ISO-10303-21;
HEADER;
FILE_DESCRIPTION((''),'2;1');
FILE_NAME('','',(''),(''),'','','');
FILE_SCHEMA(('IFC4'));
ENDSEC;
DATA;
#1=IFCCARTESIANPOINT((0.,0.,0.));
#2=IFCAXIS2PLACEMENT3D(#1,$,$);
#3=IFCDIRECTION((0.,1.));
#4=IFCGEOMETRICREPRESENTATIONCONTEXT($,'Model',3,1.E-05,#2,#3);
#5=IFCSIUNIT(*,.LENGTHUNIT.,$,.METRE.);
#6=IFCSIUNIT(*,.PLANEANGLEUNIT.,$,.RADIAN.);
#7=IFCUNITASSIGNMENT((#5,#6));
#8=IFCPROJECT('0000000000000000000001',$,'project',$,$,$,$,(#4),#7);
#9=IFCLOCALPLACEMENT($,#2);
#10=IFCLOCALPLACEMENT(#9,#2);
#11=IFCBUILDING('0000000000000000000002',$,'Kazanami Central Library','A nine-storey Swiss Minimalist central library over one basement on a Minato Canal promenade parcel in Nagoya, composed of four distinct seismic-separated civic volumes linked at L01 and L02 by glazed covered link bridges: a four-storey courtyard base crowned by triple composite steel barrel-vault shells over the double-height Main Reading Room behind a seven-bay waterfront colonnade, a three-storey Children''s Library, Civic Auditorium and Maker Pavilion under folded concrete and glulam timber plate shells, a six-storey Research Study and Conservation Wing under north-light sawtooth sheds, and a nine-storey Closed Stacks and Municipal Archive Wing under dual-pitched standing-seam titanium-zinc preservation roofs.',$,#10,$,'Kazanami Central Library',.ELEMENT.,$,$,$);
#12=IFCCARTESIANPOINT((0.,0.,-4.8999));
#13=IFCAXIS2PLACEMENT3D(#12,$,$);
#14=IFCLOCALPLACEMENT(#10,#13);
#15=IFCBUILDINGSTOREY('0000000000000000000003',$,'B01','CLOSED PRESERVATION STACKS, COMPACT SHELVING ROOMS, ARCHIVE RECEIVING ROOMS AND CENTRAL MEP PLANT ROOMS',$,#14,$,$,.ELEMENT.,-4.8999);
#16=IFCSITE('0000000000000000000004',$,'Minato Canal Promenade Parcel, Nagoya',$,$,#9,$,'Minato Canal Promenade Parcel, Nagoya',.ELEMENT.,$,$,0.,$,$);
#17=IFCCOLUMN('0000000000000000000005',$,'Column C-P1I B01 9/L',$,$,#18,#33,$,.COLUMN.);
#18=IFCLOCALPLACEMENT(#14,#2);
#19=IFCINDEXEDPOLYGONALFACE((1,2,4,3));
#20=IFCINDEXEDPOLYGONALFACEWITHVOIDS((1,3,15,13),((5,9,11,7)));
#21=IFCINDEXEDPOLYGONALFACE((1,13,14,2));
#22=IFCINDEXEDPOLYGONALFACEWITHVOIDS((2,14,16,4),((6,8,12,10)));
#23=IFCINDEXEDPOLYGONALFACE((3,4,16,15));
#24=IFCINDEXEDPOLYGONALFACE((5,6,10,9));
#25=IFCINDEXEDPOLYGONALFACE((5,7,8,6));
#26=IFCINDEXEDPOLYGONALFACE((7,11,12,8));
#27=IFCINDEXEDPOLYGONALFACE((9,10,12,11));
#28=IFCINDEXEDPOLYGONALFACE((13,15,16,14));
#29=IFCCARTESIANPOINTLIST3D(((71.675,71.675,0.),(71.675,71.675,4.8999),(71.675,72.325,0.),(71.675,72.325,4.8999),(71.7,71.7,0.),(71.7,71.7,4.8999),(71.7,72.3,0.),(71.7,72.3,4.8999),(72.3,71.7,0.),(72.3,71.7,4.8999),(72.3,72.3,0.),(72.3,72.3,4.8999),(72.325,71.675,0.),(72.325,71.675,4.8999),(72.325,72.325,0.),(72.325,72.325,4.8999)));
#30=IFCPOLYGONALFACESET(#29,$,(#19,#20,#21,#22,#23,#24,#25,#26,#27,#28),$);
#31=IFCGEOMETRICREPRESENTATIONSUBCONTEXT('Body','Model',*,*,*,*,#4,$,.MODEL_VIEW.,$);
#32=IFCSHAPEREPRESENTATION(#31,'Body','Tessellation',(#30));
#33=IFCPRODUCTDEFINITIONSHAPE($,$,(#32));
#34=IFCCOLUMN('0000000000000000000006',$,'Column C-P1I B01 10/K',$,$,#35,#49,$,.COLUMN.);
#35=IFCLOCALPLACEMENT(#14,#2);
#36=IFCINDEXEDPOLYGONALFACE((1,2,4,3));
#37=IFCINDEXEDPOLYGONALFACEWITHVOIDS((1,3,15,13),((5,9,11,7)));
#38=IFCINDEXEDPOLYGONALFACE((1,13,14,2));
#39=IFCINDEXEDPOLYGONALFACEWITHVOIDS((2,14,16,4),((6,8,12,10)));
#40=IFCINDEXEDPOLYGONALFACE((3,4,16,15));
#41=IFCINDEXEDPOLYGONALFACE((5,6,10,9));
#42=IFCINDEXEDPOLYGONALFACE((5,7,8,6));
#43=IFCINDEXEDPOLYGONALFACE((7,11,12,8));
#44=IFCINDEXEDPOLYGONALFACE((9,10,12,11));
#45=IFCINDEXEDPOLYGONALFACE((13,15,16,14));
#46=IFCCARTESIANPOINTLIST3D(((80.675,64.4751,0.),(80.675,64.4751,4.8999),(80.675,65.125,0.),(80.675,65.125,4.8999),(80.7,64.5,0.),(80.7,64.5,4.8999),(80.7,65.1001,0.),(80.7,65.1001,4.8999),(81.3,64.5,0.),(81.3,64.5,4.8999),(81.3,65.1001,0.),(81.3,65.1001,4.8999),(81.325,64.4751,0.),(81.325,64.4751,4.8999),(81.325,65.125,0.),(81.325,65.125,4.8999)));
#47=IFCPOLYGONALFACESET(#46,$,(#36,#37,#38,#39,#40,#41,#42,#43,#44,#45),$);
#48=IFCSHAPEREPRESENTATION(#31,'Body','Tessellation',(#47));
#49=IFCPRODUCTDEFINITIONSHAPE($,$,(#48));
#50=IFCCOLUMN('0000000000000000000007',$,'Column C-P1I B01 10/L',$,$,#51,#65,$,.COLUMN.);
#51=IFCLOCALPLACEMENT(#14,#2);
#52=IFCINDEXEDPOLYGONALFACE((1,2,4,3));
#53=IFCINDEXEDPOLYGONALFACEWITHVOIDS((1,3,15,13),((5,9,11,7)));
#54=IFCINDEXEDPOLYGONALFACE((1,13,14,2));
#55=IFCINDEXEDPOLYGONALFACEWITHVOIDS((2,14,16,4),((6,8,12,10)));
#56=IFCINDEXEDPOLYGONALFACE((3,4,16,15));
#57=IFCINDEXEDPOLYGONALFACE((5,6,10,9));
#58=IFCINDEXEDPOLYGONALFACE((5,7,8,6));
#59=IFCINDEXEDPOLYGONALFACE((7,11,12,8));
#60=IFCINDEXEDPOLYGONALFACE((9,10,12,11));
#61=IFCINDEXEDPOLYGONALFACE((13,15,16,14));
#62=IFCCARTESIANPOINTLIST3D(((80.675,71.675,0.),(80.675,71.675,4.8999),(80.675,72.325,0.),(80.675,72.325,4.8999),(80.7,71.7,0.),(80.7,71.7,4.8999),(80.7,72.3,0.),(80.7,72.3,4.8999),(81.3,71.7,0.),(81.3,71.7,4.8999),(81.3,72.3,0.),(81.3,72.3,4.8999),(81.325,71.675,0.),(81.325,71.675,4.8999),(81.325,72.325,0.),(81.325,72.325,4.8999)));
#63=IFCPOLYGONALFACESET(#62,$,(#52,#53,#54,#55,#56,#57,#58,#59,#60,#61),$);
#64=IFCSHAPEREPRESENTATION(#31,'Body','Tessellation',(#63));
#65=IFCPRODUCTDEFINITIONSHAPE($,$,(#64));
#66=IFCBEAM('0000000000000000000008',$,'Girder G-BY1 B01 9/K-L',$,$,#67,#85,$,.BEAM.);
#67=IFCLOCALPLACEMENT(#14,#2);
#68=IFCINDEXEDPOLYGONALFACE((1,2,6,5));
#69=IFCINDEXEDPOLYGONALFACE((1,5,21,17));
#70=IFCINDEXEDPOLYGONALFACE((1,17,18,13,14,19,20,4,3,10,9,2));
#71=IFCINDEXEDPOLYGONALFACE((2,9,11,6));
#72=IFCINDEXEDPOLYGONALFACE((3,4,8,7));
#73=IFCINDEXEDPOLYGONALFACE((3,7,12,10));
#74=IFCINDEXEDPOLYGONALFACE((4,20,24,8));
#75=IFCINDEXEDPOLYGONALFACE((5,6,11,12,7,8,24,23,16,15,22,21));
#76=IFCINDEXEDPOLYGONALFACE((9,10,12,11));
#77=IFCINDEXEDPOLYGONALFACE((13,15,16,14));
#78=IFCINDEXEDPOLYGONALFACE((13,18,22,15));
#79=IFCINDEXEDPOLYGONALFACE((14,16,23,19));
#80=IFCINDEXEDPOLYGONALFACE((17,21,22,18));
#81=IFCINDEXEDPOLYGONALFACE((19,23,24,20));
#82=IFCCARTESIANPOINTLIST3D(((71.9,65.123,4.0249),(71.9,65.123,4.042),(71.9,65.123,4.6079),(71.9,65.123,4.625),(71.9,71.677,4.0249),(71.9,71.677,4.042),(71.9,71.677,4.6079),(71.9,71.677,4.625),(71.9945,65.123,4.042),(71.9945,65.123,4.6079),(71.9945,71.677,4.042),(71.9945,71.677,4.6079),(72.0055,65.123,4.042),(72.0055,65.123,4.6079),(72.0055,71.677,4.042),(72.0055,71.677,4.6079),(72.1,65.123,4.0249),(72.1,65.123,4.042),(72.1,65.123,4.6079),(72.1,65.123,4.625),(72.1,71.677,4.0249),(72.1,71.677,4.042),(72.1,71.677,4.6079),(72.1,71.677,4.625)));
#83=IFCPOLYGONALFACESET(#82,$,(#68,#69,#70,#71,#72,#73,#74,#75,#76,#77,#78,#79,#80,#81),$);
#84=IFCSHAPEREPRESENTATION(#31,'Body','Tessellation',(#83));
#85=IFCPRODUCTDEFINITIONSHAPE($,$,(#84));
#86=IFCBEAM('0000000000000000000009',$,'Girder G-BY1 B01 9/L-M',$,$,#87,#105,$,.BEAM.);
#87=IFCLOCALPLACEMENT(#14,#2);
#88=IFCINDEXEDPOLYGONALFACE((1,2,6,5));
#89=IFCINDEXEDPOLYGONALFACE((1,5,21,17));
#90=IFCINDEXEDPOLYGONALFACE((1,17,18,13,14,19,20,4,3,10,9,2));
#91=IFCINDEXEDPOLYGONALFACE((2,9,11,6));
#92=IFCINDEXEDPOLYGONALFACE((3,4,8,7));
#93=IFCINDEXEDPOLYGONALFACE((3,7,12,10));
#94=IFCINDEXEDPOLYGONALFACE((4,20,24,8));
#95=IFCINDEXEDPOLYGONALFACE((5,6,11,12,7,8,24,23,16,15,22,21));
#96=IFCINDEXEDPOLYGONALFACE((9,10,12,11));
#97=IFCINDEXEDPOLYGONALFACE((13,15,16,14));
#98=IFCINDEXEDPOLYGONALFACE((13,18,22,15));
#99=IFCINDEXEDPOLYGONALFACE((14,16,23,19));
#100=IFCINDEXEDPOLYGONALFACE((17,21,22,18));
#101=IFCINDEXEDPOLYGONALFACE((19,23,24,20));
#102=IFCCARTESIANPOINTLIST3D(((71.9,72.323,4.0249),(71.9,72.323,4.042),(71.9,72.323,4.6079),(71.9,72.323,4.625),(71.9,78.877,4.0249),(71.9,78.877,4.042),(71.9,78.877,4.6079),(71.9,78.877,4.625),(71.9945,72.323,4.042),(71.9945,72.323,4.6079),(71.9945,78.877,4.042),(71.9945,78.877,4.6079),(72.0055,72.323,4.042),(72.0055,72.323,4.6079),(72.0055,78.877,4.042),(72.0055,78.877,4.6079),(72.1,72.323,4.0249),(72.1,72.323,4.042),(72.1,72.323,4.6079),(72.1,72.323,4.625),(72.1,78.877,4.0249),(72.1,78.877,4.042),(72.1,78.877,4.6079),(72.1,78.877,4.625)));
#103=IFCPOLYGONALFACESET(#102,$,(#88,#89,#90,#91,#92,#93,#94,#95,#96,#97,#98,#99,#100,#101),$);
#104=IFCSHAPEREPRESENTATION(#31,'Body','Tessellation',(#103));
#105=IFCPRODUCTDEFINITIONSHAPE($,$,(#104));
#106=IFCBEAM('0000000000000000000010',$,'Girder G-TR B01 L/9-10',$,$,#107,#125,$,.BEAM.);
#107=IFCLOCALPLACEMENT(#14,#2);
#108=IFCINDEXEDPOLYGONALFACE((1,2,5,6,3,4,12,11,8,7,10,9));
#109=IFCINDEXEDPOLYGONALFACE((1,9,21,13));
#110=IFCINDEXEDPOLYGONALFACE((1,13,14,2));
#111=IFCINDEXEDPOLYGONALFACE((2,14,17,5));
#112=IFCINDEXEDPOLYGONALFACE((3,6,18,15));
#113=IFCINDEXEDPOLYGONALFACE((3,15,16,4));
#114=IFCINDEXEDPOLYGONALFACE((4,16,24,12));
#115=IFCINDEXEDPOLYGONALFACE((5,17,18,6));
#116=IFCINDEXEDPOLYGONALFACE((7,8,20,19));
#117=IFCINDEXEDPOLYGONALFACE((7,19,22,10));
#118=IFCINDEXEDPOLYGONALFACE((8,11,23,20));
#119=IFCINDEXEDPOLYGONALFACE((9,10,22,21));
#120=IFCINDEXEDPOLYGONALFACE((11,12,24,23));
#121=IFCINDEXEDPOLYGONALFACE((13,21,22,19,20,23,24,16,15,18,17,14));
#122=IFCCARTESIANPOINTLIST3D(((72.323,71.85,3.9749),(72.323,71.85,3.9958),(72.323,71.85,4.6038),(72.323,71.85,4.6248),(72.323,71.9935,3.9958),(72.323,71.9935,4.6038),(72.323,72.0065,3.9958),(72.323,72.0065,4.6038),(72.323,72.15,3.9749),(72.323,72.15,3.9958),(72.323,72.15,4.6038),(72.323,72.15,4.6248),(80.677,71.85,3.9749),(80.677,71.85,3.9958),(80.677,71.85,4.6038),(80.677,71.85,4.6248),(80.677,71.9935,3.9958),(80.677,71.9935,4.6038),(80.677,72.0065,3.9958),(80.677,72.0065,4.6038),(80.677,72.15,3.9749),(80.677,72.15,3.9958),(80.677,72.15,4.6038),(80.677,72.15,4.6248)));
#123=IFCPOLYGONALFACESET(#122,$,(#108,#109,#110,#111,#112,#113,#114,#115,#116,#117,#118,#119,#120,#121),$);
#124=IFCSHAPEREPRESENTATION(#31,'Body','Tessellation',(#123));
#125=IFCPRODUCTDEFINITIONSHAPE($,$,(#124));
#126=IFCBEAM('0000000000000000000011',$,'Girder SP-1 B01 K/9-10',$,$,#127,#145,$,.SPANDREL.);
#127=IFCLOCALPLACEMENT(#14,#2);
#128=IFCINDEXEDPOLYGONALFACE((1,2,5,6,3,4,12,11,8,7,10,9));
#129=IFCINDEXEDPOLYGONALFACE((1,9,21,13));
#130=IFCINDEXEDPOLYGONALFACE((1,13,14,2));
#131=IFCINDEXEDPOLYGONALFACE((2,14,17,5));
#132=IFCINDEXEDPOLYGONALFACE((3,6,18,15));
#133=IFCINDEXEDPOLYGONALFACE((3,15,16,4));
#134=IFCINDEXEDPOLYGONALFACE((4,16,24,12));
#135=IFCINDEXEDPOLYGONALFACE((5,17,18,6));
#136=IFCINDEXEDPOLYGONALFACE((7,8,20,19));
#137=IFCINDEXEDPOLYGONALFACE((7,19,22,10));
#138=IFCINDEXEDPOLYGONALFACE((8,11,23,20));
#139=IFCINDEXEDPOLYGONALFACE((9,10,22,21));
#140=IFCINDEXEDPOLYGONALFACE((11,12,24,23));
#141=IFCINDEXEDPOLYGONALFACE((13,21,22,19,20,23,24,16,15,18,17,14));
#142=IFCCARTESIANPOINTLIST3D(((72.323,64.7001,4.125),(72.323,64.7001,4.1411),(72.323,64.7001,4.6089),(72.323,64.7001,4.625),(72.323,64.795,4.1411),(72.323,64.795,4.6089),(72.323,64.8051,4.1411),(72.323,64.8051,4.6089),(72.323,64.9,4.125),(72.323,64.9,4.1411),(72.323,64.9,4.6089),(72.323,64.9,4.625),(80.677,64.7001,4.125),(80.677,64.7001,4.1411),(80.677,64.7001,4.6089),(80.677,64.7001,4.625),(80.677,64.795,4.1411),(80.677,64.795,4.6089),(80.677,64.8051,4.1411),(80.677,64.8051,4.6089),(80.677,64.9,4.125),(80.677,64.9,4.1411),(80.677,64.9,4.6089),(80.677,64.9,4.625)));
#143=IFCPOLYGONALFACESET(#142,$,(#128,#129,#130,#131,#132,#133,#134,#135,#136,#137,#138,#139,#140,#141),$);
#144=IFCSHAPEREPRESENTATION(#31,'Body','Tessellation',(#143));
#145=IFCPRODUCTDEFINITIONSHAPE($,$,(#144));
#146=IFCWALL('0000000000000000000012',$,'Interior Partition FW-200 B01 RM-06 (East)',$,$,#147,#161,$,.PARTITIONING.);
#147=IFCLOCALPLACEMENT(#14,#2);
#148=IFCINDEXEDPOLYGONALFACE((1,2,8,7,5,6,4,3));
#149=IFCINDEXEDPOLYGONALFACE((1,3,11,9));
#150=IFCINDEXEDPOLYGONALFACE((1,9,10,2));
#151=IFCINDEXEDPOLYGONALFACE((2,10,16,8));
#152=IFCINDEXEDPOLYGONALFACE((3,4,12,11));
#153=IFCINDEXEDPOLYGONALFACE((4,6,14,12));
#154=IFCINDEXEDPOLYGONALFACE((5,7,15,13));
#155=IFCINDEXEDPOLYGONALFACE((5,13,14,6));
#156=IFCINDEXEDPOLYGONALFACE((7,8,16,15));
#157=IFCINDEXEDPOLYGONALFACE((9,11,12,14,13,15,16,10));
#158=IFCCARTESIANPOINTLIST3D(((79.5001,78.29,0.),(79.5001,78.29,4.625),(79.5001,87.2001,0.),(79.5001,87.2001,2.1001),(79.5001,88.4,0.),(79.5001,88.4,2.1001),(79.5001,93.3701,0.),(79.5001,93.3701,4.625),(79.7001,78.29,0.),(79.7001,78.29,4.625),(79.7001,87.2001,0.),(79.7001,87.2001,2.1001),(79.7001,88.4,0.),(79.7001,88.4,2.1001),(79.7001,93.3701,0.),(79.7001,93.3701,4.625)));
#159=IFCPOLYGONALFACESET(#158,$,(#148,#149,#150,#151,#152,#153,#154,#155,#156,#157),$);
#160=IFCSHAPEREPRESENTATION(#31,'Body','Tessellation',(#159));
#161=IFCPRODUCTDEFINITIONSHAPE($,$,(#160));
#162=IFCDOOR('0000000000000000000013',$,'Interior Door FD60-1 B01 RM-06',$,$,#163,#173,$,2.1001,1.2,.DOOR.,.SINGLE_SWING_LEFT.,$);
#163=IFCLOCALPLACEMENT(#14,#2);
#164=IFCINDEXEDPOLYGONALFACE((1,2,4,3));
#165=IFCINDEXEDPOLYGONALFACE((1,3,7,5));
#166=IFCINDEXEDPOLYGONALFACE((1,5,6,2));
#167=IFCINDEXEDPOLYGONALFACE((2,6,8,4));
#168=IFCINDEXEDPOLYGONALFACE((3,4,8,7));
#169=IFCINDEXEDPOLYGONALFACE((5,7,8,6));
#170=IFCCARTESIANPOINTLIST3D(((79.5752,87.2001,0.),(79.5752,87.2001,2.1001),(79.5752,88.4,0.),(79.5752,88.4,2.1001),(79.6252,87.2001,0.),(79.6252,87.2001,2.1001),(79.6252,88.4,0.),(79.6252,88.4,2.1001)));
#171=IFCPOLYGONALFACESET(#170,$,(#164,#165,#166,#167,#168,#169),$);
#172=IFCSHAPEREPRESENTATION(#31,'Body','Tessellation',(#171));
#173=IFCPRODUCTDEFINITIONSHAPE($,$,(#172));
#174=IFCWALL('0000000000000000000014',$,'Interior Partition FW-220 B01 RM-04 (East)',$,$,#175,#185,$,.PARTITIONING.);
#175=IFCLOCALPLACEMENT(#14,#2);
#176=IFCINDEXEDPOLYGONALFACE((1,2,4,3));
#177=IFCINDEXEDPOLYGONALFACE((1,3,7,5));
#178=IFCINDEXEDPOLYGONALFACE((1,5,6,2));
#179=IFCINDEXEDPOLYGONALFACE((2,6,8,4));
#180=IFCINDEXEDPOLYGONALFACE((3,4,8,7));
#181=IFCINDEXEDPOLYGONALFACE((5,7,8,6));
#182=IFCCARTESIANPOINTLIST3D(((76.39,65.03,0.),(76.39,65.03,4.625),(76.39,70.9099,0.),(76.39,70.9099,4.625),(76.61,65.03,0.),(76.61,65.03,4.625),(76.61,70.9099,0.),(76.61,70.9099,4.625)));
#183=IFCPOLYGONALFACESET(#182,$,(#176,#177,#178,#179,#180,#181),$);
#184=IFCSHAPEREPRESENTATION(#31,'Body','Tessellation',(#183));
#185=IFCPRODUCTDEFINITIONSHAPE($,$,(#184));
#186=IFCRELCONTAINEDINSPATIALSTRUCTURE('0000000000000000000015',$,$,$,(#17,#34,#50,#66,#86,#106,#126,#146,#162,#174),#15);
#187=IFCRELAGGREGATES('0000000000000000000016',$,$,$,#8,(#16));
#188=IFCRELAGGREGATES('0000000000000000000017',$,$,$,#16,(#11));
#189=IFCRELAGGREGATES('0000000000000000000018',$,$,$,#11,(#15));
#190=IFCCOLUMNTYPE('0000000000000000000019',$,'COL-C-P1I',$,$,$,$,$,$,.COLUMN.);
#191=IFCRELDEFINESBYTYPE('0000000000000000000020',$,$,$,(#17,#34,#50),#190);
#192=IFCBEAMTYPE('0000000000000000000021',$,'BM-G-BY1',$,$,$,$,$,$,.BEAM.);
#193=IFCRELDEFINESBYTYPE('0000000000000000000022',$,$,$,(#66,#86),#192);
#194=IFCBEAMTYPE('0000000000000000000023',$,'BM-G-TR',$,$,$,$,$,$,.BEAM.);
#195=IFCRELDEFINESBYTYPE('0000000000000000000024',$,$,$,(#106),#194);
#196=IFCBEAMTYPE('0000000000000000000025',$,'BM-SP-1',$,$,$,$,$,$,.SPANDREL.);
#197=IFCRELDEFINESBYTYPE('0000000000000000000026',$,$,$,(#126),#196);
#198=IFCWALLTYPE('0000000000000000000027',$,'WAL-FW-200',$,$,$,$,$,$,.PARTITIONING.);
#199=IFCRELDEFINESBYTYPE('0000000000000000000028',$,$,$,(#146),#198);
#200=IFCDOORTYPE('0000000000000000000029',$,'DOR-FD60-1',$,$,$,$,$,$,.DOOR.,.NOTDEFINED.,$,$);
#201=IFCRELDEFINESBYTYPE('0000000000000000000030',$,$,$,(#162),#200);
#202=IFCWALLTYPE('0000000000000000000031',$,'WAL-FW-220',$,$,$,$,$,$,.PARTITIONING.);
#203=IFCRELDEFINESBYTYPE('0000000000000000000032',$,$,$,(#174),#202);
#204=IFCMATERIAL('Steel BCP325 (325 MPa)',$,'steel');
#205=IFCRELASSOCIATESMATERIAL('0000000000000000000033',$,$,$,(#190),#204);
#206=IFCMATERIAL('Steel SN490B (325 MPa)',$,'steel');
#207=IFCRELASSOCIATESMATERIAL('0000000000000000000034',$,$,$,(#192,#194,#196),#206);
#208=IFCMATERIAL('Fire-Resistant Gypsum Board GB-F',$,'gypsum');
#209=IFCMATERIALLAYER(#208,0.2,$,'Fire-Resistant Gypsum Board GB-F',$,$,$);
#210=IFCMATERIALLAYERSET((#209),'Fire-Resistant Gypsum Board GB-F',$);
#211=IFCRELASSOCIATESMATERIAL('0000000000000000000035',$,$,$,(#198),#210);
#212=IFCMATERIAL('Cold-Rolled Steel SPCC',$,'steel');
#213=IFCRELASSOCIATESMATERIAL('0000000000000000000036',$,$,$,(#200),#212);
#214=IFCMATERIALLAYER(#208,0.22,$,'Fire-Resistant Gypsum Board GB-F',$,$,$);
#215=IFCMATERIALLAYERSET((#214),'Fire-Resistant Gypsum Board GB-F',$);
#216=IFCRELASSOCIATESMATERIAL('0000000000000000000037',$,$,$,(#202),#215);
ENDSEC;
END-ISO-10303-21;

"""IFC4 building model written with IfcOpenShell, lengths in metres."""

from ifc_helpers import new_model, si_unit, direction, frame, frame_2d, origin, origin_2d, place, context, subcontext, project, spatial, rectangle, hollow_rectangle, i_section, extrude, material, layer, layer_set, material_profile, profile_set, type_object, element, fill, save


model = new_model("IFC4")

# Units and contexts
model_context = context("Model", 3, precision=1e-05, world=origin(), true_north=direction((0.0, 1.0)))
body_context = subcontext(model_context, "Body", "Model", "MODEL_VIEW")
ifc_project = project(units=[si_unit("LENGTHUNIT", "METRE"), si_unit("PLANEANGLEUNIT", "RADIAN")], contexts=[model_context])

# Site, building, storey
site_placement = place(None, origin())
site = spatial("IfcSite", under=ifc_project, at=site_placement, Name="Minato Canal Promenade Parcel, Nagoya", LongName="Minato Canal Promenade Parcel, Nagoya", CompositionType="ELEMENT", RefElevation=0.0)
building_placement = place(site_placement, origin())
building = spatial("IfcBuilding", under=site, at=building_placement, Name="Kazanami Central Library", Description="A nine-storey Swiss Minimalist central library over one basement on a Minato Canal promenade parcel in Nagoya, composed of four distinct seismic-separated civic volumes linked at L01 and L02 by glazed covered link bridges: a four-storey courtyard base crowned by triple composite steel barrel-vault shells over the double-height Main Reading Room behind a seven-bay waterfront colonnade, a three-storey Children's Library, Civic Auditorium and Maker Pavilion under folded concrete and glulam timber plate shells, a six-storey Research Study and Conservation Wing under north-light sawtooth sheds, and a nine-storey Closed Stacks and Municipal Archive Wing under dual-pitched standing-seam titanium-zinc preservation roofs.", LongName="Kazanami Central Library", CompositionType="ELEMENT")
storey_placement = place(building_placement, frame((0.0, 0.0, -4.8999)))
storey = spatial("IfcBuildingStorey", under=building, at=storey_placement, Name="B01", Description="CLOSED PRESERVATION STACKS, COMPACT SHELVING ROOMS, ARCHIVE RECEIVING ROOMS AND CENTRAL MEP PLANT ROOMS", CompositionType="ELEMENT", Elevation=-4.8999)

# Columns
ifc_material_1 = material(Name="Steel BCP325 (325 MPa)", Category="steel")
ifc_material_profile_1 = material_profile(ifc_material_1, hollow_rectangle(XDim=0.6499, YDim=0.6499, WallThickness=0.0249, at=origin_2d()), Name="BCP-650x650x25")
ifc_profile_set_1 = profile_set([ifc_material_profile_1], Name="Steel BCP325 (325 MPa)")
column_type = type_object("IfcColumnType", Name="COL-C-P1I", PredefinedType="COLUMN", material=ifc_profile_set_1)
for number, where, z_axis, x_axis, name in (
    (1, (72.0, 72.0, 0.0), (0.0, 0.0, 1.0), (1.0, 0.0, 0.0), "Column C-P1I B01 9/L"),
    (2, (81.0, 64.8, 0.0), (0.0, 0.0, 1.0), (1.0, 0.0, 0.0), "Column C-P1I B01 10/K"),
    (3, (81.0, 72.0, 0.0), (0.0, 0.0, 1.0), (1.0, 0.0, 0.0), "Column C-P1I B01 10/L"),
):
    element("IfcColumn", number, at=place(storey_placement, frame(where, z_axis=z_axis, x_axis=x_axis)), inside=storey, type_object=column_type, Name=name, PredefinedType="COLUMN", context=body_context, shape_type="SweptSolid", body=[
        extrude(hollow_rectangle(XDim=0.6499, YDim=0.6499, WallThickness=0.0249, at=origin_2d()), origin(), (0.0, 0.0, 1.0), 4.8999),
    ])

# Beams
ifc_material_2 = material(Name="Steel SN490B (325 MPa)", Category="steel")
ifc_material_profile_2 = material_profile(ifc_material_2, i_section(OverallWidth=0.2, OverallDepth=0.6001, WebThickness=0.011, FlangeThickness=0.0171, at=origin_2d()), Name="H-600x200x11x17")
ifc_profile_set_2 = profile_set([ifc_material_profile_2], Name="Steel SN490B (325 MPa)")
beam_type_1 = type_object("IfcBeamType", Name="BM-G-BY1", PredefinedType="BEAM", material=ifc_profile_set_2)
for number, where, z_axis, x_axis, name in (
    (4, (72.0, 65.123, 4.325), (0.0, 1.0, 0.0), (-1.0, 0.0, 0.0), "Girder G-BY1 B01 9/K-L"),
    (5, (72.0, 72.323, 4.325), (0.0, 1.0, 0.0), (-1.0, 0.0, 0.0), "Girder G-BY1 B01 9/L-M"),
):
    element("IfcBeam", number, at=place(storey_placement, frame(where, z_axis=z_axis, x_axis=x_axis)), inside=storey, type_object=beam_type_1, Name=name, PredefinedType="BEAM", context=body_context, shape_type="SweptSolid", body=[
        extrude(i_section(OverallWidth=0.2, OverallDepth=0.6001, WebThickness=0.011, FlangeThickness=0.0171, at=origin_2d()), origin(), (0.0, 0.0, 1.0), 6.554),
    ])
ifc_material_profile_3 = material_profile(ifc_material_2, i_section(OverallWidth=0.3, OverallDepth=0.6499, WebThickness=0.0129, FlangeThickness=0.021, at=origin_2d()), Name="H-650x300x13x21")
ifc_profile_set_3 = profile_set([ifc_material_profile_3], Name="Steel SN490B (325 MPa)")
beam_type_2 = type_object("IfcBeamType", Name="BM-G-TR", PredefinedType="BEAM", material=ifc_profile_set_3)
beam_1_placement = place(storey_placement, frame((72.323, 72.0, 4.2998), z_axis=(1.0, 0.0, 0.0), x_axis=(0.0, 1.0, 0.0)))
element("IfcBeam", 6, at=beam_1_placement, inside=storey, type_object=beam_type_2, Name="Girder G-TR B01 L/9-10", PredefinedType="BEAM", context=body_context, shape_type="SweptSolid", body=[
    extrude(i_section(OverallWidth=0.3, OverallDepth=0.6499, WebThickness=0.0129, FlangeThickness=0.021, at=origin_2d()), origin(), (0.0, 0.0, 1.0), 8.354),
])
ifc_material_profile_4 = material_profile(ifc_material_2, i_section(OverallWidth=0.2, OverallDepth=0.5, WebThickness=0.01, FlangeThickness=0.0161, at=origin_2d()), Name="H-500x200x10x16")
ifc_profile_set_4 = profile_set([ifc_material_profile_4], Name="Steel SN490B (325 MPa)")
beam_type_3 = type_object("IfcBeamType", Name="BM-SP-1", PredefinedType="SPANDREL", material=ifc_profile_set_4)
beam_2_placement = place(storey_placement, frame((72.323, 64.8, 4.375), z_axis=(1.0, 0.0, 0.0), x_axis=(0.0, 1.0, 0.0)))
element("IfcBeam", 7, at=beam_2_placement, inside=storey, type_object=beam_type_3, Name="Girder SP-1 B01 K/9-10", PredefinedType="SPANDREL", context=body_context, shape_type="SweptSolid", body=[
    extrude(i_section(OverallWidth=0.2, OverallDepth=0.5, WebThickness=0.01, FlangeThickness=0.0161, at=origin_2d()), origin(), (0.0, 0.0, 1.0), 8.354),
])

# Wall, opening, door
ifc_material_3 = material(Name="Fire-Resistant Gypsum Board GB-F", Category="gypsum")
ifc_layer_1 = layer(ifc_material_3, 0.2, Name="Fire-Resistant Gypsum Board GB-F")
ifc_layer_set_1 = layer_set([ifc_layer_1], Name="Fire-Resistant Gypsum Board GB-F")
wall_type_1 = type_object("IfcWallType", Name="WAL-FW-200", PredefinedType="PARTITIONING", material=ifc_layer_set_1)
wall_1_placement = place(storey_placement, frame((79.6001, 78.29, 0.0), z_axis=(0.0, 0.0, 1.0), x_axis=(0.0, 1.0, 0.0)))
wall_1 = element("IfcWall", 8, at=wall_1_placement, inside=storey, type_object=wall_type_1, Name="Interior Partition FW-200 B01 RM-06 (East)", PredefinedType="PARTITIONING", context=body_context, shape_type="SweptSolid", body=[
    extrude(rectangle(XDim=15.0801, YDim=0.2, at=frame_2d((7.54, 0.0))), origin(), (0.0, 0.0, 1.0), 4.625),
])
opening_1_placement = place(wall_1_placement, frame((8.9099, 0.0, 0.0)))
opening_1 = element("IfcOpeningElement", 9, at=opening_1_placement, cuts=wall_1, PredefinedType="OPENING", context=body_context, shape_type="SweptSolid", body=[
    extrude(rectangle(XDim=1.2, YDim=2.1001, at=frame_2d((0.6001, 1.05))), frame((0.0, 0.1118, 0.0), z_axis=(0.0, -1.0, 0.0), x_axis=(1.0, 0.0, 0.0)), (0.0, 0.0, 1.0), 0.2239),
])
ifc_material_4 = material(Name="Cold-Rolled Steel SPCC", Category="steel")
door_type_1 = type_object("IfcDoorType", Name="DOR-FD60-1", OperationType="NOTDEFINED", PredefinedType="DOOR", material=ifc_material_4)
door_1_placement = place(opening_1_placement, origin())
door_1 = element("IfcDoor", 10, at=door_1_placement, inside=storey, type_object=door_type_1, Name="Interior Door FD60-1 B01 RM-06", OperationType="SINGLE_SWING_LEFT", OverallHeight=2.1001, OverallWidth=1.2, PredefinedType="DOOR", context=body_context, shape_type="SweptSolid", body=[
    extrude(rectangle(XDim=1.2, YDim=2.1001, at=frame_2d((0.6001, 1.05))), frame((0.0, 0.0249, 0.0), z_axis=(0.0, -1.0, 0.0), x_axis=(1.0, 0.0, 0.0)), (0.0, 0.0, 1.0), 0.05),
])
fill(opening_1, door_1)

# Wall
ifc_layer_2 = layer(ifc_material_3, 0.22, Name="Fire-Resistant Gypsum Board GB-F")
ifc_layer_set_2 = layer_set([ifc_layer_2], Name="Fire-Resistant Gypsum Board GB-F")
wall_type_2 = type_object("IfcWallType", Name="WAL-FW-220", PredefinedType="PARTITIONING", material=ifc_layer_set_2)
wall_2_placement = place(storey_placement, frame((76.5, 65.03, 0.0), z_axis=(0.0, 0.0, 1.0), x_axis=(0.0, 1.0, 0.0)))
element("IfcWall", 11, at=wall_2_placement, inside=storey, type_object=wall_type_2, Name="Interior Partition FW-220 B01 RM-04 (East)", PredefinedType="PARTITIONING", context=body_context, shape_type="SweptSolid", body=[
    extrude(rectangle(XDim=5.8799, YDim=0.22, at=frame_2d((2.9399, 0.0))), origin(), (0.0, 0.0, 1.0), 4.625),
])

save(model, "model.ifc")
